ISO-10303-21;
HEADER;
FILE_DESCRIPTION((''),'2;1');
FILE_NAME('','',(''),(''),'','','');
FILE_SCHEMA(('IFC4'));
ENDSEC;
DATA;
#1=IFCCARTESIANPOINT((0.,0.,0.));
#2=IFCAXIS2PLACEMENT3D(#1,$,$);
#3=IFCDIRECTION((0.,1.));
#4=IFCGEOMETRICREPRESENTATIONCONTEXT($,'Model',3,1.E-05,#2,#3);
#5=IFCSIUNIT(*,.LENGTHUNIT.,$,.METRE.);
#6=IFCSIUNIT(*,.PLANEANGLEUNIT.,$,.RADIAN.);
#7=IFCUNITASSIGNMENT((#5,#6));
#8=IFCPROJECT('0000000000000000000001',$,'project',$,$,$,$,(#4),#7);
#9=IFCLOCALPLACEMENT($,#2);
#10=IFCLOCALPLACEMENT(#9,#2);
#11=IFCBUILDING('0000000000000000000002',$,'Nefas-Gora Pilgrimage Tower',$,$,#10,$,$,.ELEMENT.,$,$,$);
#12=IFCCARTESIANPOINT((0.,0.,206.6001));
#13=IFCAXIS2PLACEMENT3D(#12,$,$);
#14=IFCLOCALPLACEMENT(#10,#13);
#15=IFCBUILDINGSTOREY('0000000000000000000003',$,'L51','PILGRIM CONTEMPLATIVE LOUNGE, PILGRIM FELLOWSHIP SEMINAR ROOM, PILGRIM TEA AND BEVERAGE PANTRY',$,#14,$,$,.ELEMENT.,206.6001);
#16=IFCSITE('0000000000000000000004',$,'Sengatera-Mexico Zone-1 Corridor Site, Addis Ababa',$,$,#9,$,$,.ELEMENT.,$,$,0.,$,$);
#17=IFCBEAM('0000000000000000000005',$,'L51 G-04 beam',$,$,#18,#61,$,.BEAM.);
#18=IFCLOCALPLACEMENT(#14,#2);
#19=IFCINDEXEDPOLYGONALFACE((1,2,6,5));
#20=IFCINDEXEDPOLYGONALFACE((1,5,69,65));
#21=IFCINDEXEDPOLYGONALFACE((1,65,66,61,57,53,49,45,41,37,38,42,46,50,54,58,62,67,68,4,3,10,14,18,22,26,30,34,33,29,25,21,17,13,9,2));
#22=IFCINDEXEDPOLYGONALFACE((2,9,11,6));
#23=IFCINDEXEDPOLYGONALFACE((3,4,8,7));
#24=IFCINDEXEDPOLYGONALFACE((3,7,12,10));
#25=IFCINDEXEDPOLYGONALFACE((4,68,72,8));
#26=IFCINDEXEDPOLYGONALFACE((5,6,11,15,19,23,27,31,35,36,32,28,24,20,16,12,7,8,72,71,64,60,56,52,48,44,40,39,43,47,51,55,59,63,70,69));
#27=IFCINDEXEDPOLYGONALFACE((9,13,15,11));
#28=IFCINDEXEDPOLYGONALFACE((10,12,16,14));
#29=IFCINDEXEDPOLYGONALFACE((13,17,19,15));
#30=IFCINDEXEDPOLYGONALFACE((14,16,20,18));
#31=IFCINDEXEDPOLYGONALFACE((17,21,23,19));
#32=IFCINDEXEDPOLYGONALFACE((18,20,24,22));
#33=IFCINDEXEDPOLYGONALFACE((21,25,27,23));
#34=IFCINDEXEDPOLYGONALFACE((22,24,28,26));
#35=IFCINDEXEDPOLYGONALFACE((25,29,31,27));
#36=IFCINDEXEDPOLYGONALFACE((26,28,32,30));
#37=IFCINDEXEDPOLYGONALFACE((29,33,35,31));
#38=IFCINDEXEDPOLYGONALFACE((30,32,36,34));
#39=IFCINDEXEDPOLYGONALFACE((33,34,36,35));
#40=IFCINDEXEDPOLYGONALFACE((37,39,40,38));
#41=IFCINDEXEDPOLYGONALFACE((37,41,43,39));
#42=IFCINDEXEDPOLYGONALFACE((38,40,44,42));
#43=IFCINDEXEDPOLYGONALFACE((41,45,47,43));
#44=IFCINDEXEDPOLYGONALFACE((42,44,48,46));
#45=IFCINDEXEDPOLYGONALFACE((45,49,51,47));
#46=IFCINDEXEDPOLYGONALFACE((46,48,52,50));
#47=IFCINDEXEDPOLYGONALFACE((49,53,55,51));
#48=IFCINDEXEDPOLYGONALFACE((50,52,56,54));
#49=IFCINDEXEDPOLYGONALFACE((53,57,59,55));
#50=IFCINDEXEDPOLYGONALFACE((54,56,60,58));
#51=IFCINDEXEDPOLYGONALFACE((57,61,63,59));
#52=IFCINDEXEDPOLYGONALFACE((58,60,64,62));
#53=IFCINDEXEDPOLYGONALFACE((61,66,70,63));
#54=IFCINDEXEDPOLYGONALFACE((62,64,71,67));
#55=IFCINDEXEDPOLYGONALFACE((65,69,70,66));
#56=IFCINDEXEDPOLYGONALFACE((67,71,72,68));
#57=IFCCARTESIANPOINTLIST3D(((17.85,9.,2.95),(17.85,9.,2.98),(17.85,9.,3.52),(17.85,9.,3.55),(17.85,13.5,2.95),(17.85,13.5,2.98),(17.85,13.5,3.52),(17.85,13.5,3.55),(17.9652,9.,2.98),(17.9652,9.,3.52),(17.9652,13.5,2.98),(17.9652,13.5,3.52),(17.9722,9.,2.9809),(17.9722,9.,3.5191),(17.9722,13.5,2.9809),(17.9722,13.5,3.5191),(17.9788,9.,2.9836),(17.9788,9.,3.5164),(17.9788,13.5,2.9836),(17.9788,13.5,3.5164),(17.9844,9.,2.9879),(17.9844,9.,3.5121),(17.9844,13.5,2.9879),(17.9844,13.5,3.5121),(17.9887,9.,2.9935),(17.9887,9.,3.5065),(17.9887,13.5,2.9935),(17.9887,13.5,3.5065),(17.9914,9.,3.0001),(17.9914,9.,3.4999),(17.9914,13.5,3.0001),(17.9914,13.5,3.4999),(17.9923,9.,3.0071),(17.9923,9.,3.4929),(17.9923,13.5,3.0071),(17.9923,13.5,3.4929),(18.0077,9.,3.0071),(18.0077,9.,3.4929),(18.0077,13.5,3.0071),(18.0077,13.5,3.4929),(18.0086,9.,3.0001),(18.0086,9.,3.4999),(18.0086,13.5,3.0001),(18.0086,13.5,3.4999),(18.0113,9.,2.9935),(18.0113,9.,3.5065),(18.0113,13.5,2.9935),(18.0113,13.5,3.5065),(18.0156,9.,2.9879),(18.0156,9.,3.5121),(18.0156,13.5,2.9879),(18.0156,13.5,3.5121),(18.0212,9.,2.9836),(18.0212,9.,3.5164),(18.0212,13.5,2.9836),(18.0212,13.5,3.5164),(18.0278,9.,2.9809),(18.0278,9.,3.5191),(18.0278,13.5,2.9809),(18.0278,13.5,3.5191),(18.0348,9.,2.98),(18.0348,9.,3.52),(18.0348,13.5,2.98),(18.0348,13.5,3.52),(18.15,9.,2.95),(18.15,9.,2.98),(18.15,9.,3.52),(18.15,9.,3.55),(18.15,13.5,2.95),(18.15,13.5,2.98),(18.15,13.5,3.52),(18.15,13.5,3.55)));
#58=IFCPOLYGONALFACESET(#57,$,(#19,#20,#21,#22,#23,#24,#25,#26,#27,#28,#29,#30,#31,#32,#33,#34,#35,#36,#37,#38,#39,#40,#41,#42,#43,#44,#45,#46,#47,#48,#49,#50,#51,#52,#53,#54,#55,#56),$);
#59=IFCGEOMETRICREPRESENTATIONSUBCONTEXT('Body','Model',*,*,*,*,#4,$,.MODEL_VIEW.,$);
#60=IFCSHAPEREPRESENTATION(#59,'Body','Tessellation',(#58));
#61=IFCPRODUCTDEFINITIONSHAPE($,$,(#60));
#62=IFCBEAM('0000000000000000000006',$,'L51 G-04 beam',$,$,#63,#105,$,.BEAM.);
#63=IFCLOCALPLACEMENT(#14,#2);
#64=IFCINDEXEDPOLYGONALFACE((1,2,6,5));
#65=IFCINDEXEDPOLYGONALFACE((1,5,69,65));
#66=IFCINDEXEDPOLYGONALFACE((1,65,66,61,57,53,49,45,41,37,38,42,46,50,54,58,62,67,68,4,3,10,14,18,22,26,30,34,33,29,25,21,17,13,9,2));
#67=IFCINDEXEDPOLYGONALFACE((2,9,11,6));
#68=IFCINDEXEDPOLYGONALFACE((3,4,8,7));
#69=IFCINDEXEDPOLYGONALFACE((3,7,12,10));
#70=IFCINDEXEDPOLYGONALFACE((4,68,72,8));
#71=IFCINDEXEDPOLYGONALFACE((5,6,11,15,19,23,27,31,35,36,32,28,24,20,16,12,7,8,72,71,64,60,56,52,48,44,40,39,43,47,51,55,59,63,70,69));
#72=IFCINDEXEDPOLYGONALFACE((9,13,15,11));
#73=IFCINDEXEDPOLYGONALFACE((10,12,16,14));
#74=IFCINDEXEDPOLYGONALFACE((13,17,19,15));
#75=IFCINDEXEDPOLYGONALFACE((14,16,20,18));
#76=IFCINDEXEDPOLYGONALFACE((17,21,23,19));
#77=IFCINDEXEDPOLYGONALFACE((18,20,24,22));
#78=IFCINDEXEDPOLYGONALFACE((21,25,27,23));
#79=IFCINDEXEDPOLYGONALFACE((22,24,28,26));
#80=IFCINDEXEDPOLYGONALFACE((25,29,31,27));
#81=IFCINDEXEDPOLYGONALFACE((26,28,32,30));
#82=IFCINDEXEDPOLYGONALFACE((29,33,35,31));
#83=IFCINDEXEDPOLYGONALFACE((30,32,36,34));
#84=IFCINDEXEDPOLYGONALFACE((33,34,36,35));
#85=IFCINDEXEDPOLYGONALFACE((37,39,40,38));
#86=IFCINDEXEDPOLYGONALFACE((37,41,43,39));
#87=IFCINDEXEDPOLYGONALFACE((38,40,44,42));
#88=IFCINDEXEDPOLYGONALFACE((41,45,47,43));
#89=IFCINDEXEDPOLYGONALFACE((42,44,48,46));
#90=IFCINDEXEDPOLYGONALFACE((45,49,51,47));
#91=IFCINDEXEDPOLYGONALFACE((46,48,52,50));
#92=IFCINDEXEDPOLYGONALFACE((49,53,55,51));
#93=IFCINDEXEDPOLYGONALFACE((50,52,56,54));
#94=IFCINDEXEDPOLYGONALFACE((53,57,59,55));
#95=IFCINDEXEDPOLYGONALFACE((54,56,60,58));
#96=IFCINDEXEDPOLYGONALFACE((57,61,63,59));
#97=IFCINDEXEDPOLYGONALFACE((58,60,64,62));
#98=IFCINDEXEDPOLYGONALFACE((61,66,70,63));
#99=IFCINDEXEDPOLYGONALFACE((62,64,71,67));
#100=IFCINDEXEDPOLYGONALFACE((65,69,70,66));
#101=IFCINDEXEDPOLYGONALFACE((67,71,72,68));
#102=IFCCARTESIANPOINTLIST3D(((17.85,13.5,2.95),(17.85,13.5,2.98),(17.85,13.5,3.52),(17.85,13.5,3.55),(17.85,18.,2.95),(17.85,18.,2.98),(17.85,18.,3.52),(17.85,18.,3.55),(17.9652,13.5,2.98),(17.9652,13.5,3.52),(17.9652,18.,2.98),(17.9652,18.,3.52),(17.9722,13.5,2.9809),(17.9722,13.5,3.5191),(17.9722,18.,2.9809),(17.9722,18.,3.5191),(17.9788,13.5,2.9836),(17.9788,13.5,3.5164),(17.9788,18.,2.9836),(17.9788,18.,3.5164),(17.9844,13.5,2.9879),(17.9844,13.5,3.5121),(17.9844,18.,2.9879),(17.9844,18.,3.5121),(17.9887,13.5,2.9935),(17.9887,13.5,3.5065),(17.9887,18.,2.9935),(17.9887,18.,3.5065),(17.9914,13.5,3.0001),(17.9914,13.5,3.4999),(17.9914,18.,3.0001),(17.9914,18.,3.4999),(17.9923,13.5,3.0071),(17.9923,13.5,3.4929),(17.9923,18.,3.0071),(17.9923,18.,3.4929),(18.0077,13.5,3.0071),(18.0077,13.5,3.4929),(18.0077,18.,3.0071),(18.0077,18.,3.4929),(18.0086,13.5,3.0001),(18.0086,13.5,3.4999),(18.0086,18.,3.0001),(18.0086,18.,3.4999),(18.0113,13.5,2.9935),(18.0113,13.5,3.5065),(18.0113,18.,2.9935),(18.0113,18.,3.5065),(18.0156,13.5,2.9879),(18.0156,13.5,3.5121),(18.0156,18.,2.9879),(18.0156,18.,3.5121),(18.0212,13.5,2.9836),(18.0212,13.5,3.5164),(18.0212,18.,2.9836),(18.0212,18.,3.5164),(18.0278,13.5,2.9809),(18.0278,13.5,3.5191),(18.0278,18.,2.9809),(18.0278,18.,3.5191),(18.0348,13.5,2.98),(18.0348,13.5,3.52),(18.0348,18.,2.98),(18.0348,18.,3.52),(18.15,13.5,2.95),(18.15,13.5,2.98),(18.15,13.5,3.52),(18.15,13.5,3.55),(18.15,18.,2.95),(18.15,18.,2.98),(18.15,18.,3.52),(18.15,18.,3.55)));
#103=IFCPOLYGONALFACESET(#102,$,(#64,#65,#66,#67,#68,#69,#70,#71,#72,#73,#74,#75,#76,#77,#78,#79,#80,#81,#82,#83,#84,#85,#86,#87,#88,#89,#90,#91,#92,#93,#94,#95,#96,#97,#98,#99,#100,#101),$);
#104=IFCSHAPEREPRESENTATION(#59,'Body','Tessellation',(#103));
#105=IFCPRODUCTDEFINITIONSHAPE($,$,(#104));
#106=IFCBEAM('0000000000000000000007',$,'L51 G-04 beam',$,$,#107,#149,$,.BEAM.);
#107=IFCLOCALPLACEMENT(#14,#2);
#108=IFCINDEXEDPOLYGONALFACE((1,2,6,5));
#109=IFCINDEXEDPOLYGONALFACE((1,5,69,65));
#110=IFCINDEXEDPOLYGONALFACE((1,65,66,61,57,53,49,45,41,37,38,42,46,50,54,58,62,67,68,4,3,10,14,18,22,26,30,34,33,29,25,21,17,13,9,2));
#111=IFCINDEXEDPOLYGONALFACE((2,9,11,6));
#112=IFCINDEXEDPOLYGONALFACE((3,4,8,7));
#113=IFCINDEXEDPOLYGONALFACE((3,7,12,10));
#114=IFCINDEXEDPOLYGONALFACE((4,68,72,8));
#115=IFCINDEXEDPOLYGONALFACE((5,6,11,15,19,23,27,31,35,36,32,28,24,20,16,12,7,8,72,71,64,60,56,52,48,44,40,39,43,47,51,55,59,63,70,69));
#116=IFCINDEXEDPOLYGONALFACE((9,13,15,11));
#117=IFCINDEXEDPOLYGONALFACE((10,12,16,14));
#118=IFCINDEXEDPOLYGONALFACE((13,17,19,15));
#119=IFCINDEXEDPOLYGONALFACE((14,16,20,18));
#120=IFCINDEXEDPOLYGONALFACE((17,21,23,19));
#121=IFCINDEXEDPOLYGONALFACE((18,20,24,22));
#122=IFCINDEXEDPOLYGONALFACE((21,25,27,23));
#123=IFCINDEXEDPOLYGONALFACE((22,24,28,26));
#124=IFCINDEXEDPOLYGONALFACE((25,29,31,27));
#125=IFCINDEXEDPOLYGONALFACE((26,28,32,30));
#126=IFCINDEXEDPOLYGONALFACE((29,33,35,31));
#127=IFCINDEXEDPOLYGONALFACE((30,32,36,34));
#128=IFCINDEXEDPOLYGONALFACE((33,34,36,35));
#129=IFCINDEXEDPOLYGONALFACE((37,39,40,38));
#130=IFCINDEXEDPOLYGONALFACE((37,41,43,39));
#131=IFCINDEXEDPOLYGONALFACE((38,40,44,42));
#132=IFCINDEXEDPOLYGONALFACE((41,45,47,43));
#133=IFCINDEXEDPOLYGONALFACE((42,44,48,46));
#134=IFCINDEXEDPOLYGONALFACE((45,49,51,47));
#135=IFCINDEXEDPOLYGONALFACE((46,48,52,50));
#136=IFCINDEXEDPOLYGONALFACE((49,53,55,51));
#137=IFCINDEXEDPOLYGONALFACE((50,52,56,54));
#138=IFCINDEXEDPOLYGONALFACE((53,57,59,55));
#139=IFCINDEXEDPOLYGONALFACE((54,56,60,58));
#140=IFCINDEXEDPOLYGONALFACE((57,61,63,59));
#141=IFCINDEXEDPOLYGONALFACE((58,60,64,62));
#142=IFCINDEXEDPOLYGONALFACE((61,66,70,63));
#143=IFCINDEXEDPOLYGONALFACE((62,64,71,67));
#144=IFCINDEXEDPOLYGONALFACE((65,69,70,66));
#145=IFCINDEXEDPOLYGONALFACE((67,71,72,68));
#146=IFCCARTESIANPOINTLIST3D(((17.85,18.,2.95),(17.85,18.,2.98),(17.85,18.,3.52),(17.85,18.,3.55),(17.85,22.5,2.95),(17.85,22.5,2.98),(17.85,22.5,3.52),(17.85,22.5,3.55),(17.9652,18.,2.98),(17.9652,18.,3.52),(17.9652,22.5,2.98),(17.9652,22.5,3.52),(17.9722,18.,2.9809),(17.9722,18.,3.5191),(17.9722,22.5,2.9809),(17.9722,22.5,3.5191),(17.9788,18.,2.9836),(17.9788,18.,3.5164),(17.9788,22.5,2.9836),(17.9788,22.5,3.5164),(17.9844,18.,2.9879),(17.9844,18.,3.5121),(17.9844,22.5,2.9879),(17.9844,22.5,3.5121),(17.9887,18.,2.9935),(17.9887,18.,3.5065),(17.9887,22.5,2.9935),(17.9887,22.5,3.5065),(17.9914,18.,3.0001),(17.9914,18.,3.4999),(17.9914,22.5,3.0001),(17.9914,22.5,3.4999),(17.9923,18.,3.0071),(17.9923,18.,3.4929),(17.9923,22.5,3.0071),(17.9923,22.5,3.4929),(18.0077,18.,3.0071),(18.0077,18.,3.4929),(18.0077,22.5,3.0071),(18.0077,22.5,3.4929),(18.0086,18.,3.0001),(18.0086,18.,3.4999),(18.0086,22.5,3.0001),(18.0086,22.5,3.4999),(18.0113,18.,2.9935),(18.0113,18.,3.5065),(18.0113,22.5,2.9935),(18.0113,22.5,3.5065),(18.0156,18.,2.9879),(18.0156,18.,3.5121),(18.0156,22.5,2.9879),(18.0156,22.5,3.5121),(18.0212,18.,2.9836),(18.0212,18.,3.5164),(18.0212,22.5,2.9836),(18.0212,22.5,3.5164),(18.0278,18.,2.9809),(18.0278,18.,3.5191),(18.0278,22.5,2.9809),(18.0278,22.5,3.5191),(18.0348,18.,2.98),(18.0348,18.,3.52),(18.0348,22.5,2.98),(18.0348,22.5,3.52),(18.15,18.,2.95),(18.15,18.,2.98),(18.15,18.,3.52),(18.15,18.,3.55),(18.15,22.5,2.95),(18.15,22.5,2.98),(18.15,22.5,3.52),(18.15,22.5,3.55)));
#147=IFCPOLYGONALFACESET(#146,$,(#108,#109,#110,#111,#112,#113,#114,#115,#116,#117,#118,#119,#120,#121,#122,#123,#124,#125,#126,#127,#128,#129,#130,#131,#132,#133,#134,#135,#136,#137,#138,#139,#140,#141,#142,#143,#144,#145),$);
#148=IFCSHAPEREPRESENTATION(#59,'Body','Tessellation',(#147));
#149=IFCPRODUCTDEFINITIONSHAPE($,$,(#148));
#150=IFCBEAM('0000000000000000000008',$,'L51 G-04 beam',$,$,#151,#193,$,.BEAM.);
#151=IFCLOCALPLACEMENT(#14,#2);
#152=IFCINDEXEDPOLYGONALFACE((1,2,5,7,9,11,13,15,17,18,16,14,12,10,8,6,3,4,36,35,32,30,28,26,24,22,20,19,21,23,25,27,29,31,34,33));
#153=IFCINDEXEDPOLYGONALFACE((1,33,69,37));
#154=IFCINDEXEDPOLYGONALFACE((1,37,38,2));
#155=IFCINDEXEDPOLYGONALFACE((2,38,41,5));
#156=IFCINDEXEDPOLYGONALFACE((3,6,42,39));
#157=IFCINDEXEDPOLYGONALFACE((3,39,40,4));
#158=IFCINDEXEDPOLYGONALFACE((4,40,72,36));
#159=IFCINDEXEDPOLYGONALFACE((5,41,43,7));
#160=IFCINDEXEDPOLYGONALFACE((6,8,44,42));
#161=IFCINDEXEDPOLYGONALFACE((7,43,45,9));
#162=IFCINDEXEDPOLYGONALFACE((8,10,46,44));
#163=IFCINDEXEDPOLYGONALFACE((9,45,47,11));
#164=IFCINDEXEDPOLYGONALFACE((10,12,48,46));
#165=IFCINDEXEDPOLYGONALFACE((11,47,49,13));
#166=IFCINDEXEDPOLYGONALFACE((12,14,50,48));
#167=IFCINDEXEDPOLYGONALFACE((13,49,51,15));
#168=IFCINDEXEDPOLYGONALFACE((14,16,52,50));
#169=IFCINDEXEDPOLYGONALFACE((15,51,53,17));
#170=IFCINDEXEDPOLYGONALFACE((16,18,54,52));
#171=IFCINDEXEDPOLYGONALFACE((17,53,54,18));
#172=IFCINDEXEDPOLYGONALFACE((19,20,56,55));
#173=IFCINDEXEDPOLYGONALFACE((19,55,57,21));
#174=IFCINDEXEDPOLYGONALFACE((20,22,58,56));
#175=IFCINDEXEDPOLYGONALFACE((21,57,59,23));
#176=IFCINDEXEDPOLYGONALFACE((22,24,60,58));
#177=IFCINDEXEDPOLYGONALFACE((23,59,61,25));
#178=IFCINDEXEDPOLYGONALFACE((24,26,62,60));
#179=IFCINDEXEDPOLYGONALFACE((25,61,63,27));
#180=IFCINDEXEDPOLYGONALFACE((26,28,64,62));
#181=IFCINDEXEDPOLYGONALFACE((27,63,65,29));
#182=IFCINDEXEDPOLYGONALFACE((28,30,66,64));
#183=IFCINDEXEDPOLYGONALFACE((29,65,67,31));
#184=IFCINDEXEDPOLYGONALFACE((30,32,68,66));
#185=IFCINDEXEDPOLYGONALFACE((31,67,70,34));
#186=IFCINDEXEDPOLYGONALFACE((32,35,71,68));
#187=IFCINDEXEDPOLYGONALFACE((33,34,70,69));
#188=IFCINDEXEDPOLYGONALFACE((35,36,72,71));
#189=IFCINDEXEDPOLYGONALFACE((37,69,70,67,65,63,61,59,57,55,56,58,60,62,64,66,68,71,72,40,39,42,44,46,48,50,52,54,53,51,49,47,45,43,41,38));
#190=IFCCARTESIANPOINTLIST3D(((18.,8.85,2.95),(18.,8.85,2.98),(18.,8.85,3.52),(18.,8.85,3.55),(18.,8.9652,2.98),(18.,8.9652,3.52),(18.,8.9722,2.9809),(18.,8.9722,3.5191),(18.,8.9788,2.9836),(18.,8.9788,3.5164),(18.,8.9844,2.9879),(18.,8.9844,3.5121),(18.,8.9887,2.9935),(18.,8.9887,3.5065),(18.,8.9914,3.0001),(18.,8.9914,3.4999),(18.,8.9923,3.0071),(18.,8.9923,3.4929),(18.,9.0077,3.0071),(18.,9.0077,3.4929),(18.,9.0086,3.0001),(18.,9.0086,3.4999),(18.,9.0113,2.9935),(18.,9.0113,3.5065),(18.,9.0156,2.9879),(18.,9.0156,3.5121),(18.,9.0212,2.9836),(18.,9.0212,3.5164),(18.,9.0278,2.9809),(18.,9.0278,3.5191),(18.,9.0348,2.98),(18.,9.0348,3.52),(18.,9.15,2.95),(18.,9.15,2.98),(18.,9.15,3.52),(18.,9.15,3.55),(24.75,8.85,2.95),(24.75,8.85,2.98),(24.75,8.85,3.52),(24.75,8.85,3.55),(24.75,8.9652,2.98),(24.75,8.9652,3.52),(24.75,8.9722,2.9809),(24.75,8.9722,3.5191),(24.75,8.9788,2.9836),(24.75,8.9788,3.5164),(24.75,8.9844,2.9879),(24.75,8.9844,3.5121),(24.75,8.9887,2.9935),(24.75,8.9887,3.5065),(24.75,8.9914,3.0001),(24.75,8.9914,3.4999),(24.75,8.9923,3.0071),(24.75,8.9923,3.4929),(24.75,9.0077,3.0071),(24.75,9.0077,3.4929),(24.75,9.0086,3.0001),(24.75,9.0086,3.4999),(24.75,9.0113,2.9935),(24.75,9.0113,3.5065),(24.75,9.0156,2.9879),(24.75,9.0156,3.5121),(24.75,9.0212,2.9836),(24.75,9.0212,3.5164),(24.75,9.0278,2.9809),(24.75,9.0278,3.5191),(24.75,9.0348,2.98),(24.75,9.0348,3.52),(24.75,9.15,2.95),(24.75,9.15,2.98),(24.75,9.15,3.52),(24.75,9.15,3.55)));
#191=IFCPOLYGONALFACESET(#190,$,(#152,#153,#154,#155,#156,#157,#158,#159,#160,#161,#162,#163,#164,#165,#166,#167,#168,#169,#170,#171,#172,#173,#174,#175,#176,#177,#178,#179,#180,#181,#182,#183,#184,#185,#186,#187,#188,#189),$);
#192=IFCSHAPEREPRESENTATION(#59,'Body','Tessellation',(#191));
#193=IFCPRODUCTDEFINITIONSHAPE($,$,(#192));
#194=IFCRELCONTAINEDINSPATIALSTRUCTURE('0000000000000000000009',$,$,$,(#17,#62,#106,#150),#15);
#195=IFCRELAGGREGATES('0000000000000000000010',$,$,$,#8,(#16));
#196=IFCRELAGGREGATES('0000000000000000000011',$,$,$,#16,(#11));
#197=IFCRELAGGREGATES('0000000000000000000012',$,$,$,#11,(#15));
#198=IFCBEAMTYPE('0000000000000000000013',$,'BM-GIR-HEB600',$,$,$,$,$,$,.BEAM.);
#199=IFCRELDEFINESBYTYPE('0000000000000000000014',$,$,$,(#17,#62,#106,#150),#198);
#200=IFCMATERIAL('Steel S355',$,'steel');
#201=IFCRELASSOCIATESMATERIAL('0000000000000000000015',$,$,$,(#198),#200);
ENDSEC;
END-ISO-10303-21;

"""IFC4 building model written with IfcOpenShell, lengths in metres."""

from ifc_helpers import new_model, si_unit, direction, frame, origin, origin_2d, place, context, subcontext, project, spatial, i_section, extrude, source, transform, mapped, material, material_profile, profile_set, type_object, element, save


model = new_model("IFC4")

# Units and contexts
model_context = context("Model", 3, precision=1e-05, world=origin(), true_north=direction((0.0, 1.0)))
body_context = subcontext(model_context, "Body", "Model", "MODEL_VIEW")
ifc_project = project(units=[si_unit("LENGTHUNIT", "METRE"), si_unit("PLANEANGLEUNIT", "RADIAN")], contexts=[model_context])

# Site, building, storey
site_placement = place(None, origin())
site = spatial("IfcSite", under=ifc_project, at=site_placement, Name="Sengatera-Mexico Zone-1 Corridor Site, Addis Ababa", CompositionType="ELEMENT", RefElevation=0.0)
building_placement = place(site_placement, origin())
building = spatial("IfcBuilding", under=site, at=building_placement, Name="Nefas-Gora Pilgrimage Tower", CompositionType="ELEMENT")
storey_placement = place(building_placement, frame((0.0, 0.0, 206.6001)))
storey = spatial("IfcBuildingStorey", under=building, at=storey_placement, Name="L51", Description="PILGRIM CONTEMPLATIVE LOUNGE, PILGRIM FELLOWSHIP SEMINAR ROOM, PILGRIM TEA AND BEVERAGE PANTRY", CompositionType="ELEMENT", Elevation=206.6001)

# Beams
ifc_material_1 = material(Name="Steel S355", Category="steel")
ifc_material_profile_1 = material_profile(ifc_material_1, i_section(OverallWidth=0.3, OverallDepth=0.6001, WebThickness=0.0154, FlangeThickness=0.03, FilletRadius=0.0271, at=origin_2d()), Name="HEB 600")
ifc_profile_set_1 = profile_set([ifc_material_profile_1], Name="Steel S355")
beam_type_1 = type_object("IfcBeamType", Name="BM-GIR-HEB600", PredefinedType="BEAM", material=ifc_profile_set_1)
shared_shape_1 = source(origin(), body_context, "Body", "SweptSolid", [
    extrude(i_section(OverallWidth=0.3, OverallDepth=0.6001, WebThickness=0.0154, FlangeThickness=0.03, FilletRadius=0.0271, at=origin_2d()), origin(), (0.0, 0.0, 1.0), 4.5),
])
for number, where, z_axis, x_axis, name in (
    (1, (18.0, 9.0, 3.25), (0.0, 1.0, 0.0), (-1.0, 0.0, 0.0), "L51 G-04 beam"),
    (2, (18.0, 13.5, 3.25), (0.0, 1.0, 0.0), (-1.0, 0.0, 0.0), "L51 G-04 beam"),
    (3, (18.0, 18.0, 3.25), (0.0, 1.0, 0.0), (-1.0, 0.0, 0.0), "L51 G-04 beam"),
):
    element("IfcBeam", number, at=place(storey_placement, frame(where, z_axis=z_axis, x_axis=x_axis)), inside=storey, type_object=beam_type_1, Name=name, PredefinedType="BEAM", context=body_context, shape_type="MappedRepresentation", body=[
        mapped(shared_shape_1, transform((0.0, 0.0, 0.0), x_axis=(1.0, 0.0, 0.0), y_axis=(0.0, 1.0, 0.0), z_axis=(0.0, 0.0, 1.0), scale=1.0)),
    ])
shared_shape_2 = source(origin(), body_context, "Body", "SweptSolid", [
    extrude(i_section(OverallWidth=0.3, OverallDepth=0.6001, WebThickness=0.0154, FlangeThickness=0.03, FilletRadius=0.0271, at=origin_2d()), origin(), (0.0, 0.0, 1.0), 6.75),
])
for number, where, z_axis, x_axis, name in (
    (4, (18.0, 9.0, 3.25), (1.0, 0.0, 0.0), (0.0, 1.0, 0.0), "L51 G-04 beam"),
):
    element("IfcBeam", number, at=place(storey_placement, frame(where, z_axis=z_axis, x_axis=x_axis)), inside=storey, type_object=beam_type_1, Name=name, PredefinedType="BEAM", context=body_context, shape_type="MappedRepresentation", body=[
        mapped(shared_shape_2, transform((0.0, 0.0, 0.0), x_axis=(1.0, 0.0, 0.0), y_axis=(0.0, 1.0, 0.0), z_axis=(0.0, 0.0, 1.0), scale=1.0)),
    ])

save(model, "model.ifc")
